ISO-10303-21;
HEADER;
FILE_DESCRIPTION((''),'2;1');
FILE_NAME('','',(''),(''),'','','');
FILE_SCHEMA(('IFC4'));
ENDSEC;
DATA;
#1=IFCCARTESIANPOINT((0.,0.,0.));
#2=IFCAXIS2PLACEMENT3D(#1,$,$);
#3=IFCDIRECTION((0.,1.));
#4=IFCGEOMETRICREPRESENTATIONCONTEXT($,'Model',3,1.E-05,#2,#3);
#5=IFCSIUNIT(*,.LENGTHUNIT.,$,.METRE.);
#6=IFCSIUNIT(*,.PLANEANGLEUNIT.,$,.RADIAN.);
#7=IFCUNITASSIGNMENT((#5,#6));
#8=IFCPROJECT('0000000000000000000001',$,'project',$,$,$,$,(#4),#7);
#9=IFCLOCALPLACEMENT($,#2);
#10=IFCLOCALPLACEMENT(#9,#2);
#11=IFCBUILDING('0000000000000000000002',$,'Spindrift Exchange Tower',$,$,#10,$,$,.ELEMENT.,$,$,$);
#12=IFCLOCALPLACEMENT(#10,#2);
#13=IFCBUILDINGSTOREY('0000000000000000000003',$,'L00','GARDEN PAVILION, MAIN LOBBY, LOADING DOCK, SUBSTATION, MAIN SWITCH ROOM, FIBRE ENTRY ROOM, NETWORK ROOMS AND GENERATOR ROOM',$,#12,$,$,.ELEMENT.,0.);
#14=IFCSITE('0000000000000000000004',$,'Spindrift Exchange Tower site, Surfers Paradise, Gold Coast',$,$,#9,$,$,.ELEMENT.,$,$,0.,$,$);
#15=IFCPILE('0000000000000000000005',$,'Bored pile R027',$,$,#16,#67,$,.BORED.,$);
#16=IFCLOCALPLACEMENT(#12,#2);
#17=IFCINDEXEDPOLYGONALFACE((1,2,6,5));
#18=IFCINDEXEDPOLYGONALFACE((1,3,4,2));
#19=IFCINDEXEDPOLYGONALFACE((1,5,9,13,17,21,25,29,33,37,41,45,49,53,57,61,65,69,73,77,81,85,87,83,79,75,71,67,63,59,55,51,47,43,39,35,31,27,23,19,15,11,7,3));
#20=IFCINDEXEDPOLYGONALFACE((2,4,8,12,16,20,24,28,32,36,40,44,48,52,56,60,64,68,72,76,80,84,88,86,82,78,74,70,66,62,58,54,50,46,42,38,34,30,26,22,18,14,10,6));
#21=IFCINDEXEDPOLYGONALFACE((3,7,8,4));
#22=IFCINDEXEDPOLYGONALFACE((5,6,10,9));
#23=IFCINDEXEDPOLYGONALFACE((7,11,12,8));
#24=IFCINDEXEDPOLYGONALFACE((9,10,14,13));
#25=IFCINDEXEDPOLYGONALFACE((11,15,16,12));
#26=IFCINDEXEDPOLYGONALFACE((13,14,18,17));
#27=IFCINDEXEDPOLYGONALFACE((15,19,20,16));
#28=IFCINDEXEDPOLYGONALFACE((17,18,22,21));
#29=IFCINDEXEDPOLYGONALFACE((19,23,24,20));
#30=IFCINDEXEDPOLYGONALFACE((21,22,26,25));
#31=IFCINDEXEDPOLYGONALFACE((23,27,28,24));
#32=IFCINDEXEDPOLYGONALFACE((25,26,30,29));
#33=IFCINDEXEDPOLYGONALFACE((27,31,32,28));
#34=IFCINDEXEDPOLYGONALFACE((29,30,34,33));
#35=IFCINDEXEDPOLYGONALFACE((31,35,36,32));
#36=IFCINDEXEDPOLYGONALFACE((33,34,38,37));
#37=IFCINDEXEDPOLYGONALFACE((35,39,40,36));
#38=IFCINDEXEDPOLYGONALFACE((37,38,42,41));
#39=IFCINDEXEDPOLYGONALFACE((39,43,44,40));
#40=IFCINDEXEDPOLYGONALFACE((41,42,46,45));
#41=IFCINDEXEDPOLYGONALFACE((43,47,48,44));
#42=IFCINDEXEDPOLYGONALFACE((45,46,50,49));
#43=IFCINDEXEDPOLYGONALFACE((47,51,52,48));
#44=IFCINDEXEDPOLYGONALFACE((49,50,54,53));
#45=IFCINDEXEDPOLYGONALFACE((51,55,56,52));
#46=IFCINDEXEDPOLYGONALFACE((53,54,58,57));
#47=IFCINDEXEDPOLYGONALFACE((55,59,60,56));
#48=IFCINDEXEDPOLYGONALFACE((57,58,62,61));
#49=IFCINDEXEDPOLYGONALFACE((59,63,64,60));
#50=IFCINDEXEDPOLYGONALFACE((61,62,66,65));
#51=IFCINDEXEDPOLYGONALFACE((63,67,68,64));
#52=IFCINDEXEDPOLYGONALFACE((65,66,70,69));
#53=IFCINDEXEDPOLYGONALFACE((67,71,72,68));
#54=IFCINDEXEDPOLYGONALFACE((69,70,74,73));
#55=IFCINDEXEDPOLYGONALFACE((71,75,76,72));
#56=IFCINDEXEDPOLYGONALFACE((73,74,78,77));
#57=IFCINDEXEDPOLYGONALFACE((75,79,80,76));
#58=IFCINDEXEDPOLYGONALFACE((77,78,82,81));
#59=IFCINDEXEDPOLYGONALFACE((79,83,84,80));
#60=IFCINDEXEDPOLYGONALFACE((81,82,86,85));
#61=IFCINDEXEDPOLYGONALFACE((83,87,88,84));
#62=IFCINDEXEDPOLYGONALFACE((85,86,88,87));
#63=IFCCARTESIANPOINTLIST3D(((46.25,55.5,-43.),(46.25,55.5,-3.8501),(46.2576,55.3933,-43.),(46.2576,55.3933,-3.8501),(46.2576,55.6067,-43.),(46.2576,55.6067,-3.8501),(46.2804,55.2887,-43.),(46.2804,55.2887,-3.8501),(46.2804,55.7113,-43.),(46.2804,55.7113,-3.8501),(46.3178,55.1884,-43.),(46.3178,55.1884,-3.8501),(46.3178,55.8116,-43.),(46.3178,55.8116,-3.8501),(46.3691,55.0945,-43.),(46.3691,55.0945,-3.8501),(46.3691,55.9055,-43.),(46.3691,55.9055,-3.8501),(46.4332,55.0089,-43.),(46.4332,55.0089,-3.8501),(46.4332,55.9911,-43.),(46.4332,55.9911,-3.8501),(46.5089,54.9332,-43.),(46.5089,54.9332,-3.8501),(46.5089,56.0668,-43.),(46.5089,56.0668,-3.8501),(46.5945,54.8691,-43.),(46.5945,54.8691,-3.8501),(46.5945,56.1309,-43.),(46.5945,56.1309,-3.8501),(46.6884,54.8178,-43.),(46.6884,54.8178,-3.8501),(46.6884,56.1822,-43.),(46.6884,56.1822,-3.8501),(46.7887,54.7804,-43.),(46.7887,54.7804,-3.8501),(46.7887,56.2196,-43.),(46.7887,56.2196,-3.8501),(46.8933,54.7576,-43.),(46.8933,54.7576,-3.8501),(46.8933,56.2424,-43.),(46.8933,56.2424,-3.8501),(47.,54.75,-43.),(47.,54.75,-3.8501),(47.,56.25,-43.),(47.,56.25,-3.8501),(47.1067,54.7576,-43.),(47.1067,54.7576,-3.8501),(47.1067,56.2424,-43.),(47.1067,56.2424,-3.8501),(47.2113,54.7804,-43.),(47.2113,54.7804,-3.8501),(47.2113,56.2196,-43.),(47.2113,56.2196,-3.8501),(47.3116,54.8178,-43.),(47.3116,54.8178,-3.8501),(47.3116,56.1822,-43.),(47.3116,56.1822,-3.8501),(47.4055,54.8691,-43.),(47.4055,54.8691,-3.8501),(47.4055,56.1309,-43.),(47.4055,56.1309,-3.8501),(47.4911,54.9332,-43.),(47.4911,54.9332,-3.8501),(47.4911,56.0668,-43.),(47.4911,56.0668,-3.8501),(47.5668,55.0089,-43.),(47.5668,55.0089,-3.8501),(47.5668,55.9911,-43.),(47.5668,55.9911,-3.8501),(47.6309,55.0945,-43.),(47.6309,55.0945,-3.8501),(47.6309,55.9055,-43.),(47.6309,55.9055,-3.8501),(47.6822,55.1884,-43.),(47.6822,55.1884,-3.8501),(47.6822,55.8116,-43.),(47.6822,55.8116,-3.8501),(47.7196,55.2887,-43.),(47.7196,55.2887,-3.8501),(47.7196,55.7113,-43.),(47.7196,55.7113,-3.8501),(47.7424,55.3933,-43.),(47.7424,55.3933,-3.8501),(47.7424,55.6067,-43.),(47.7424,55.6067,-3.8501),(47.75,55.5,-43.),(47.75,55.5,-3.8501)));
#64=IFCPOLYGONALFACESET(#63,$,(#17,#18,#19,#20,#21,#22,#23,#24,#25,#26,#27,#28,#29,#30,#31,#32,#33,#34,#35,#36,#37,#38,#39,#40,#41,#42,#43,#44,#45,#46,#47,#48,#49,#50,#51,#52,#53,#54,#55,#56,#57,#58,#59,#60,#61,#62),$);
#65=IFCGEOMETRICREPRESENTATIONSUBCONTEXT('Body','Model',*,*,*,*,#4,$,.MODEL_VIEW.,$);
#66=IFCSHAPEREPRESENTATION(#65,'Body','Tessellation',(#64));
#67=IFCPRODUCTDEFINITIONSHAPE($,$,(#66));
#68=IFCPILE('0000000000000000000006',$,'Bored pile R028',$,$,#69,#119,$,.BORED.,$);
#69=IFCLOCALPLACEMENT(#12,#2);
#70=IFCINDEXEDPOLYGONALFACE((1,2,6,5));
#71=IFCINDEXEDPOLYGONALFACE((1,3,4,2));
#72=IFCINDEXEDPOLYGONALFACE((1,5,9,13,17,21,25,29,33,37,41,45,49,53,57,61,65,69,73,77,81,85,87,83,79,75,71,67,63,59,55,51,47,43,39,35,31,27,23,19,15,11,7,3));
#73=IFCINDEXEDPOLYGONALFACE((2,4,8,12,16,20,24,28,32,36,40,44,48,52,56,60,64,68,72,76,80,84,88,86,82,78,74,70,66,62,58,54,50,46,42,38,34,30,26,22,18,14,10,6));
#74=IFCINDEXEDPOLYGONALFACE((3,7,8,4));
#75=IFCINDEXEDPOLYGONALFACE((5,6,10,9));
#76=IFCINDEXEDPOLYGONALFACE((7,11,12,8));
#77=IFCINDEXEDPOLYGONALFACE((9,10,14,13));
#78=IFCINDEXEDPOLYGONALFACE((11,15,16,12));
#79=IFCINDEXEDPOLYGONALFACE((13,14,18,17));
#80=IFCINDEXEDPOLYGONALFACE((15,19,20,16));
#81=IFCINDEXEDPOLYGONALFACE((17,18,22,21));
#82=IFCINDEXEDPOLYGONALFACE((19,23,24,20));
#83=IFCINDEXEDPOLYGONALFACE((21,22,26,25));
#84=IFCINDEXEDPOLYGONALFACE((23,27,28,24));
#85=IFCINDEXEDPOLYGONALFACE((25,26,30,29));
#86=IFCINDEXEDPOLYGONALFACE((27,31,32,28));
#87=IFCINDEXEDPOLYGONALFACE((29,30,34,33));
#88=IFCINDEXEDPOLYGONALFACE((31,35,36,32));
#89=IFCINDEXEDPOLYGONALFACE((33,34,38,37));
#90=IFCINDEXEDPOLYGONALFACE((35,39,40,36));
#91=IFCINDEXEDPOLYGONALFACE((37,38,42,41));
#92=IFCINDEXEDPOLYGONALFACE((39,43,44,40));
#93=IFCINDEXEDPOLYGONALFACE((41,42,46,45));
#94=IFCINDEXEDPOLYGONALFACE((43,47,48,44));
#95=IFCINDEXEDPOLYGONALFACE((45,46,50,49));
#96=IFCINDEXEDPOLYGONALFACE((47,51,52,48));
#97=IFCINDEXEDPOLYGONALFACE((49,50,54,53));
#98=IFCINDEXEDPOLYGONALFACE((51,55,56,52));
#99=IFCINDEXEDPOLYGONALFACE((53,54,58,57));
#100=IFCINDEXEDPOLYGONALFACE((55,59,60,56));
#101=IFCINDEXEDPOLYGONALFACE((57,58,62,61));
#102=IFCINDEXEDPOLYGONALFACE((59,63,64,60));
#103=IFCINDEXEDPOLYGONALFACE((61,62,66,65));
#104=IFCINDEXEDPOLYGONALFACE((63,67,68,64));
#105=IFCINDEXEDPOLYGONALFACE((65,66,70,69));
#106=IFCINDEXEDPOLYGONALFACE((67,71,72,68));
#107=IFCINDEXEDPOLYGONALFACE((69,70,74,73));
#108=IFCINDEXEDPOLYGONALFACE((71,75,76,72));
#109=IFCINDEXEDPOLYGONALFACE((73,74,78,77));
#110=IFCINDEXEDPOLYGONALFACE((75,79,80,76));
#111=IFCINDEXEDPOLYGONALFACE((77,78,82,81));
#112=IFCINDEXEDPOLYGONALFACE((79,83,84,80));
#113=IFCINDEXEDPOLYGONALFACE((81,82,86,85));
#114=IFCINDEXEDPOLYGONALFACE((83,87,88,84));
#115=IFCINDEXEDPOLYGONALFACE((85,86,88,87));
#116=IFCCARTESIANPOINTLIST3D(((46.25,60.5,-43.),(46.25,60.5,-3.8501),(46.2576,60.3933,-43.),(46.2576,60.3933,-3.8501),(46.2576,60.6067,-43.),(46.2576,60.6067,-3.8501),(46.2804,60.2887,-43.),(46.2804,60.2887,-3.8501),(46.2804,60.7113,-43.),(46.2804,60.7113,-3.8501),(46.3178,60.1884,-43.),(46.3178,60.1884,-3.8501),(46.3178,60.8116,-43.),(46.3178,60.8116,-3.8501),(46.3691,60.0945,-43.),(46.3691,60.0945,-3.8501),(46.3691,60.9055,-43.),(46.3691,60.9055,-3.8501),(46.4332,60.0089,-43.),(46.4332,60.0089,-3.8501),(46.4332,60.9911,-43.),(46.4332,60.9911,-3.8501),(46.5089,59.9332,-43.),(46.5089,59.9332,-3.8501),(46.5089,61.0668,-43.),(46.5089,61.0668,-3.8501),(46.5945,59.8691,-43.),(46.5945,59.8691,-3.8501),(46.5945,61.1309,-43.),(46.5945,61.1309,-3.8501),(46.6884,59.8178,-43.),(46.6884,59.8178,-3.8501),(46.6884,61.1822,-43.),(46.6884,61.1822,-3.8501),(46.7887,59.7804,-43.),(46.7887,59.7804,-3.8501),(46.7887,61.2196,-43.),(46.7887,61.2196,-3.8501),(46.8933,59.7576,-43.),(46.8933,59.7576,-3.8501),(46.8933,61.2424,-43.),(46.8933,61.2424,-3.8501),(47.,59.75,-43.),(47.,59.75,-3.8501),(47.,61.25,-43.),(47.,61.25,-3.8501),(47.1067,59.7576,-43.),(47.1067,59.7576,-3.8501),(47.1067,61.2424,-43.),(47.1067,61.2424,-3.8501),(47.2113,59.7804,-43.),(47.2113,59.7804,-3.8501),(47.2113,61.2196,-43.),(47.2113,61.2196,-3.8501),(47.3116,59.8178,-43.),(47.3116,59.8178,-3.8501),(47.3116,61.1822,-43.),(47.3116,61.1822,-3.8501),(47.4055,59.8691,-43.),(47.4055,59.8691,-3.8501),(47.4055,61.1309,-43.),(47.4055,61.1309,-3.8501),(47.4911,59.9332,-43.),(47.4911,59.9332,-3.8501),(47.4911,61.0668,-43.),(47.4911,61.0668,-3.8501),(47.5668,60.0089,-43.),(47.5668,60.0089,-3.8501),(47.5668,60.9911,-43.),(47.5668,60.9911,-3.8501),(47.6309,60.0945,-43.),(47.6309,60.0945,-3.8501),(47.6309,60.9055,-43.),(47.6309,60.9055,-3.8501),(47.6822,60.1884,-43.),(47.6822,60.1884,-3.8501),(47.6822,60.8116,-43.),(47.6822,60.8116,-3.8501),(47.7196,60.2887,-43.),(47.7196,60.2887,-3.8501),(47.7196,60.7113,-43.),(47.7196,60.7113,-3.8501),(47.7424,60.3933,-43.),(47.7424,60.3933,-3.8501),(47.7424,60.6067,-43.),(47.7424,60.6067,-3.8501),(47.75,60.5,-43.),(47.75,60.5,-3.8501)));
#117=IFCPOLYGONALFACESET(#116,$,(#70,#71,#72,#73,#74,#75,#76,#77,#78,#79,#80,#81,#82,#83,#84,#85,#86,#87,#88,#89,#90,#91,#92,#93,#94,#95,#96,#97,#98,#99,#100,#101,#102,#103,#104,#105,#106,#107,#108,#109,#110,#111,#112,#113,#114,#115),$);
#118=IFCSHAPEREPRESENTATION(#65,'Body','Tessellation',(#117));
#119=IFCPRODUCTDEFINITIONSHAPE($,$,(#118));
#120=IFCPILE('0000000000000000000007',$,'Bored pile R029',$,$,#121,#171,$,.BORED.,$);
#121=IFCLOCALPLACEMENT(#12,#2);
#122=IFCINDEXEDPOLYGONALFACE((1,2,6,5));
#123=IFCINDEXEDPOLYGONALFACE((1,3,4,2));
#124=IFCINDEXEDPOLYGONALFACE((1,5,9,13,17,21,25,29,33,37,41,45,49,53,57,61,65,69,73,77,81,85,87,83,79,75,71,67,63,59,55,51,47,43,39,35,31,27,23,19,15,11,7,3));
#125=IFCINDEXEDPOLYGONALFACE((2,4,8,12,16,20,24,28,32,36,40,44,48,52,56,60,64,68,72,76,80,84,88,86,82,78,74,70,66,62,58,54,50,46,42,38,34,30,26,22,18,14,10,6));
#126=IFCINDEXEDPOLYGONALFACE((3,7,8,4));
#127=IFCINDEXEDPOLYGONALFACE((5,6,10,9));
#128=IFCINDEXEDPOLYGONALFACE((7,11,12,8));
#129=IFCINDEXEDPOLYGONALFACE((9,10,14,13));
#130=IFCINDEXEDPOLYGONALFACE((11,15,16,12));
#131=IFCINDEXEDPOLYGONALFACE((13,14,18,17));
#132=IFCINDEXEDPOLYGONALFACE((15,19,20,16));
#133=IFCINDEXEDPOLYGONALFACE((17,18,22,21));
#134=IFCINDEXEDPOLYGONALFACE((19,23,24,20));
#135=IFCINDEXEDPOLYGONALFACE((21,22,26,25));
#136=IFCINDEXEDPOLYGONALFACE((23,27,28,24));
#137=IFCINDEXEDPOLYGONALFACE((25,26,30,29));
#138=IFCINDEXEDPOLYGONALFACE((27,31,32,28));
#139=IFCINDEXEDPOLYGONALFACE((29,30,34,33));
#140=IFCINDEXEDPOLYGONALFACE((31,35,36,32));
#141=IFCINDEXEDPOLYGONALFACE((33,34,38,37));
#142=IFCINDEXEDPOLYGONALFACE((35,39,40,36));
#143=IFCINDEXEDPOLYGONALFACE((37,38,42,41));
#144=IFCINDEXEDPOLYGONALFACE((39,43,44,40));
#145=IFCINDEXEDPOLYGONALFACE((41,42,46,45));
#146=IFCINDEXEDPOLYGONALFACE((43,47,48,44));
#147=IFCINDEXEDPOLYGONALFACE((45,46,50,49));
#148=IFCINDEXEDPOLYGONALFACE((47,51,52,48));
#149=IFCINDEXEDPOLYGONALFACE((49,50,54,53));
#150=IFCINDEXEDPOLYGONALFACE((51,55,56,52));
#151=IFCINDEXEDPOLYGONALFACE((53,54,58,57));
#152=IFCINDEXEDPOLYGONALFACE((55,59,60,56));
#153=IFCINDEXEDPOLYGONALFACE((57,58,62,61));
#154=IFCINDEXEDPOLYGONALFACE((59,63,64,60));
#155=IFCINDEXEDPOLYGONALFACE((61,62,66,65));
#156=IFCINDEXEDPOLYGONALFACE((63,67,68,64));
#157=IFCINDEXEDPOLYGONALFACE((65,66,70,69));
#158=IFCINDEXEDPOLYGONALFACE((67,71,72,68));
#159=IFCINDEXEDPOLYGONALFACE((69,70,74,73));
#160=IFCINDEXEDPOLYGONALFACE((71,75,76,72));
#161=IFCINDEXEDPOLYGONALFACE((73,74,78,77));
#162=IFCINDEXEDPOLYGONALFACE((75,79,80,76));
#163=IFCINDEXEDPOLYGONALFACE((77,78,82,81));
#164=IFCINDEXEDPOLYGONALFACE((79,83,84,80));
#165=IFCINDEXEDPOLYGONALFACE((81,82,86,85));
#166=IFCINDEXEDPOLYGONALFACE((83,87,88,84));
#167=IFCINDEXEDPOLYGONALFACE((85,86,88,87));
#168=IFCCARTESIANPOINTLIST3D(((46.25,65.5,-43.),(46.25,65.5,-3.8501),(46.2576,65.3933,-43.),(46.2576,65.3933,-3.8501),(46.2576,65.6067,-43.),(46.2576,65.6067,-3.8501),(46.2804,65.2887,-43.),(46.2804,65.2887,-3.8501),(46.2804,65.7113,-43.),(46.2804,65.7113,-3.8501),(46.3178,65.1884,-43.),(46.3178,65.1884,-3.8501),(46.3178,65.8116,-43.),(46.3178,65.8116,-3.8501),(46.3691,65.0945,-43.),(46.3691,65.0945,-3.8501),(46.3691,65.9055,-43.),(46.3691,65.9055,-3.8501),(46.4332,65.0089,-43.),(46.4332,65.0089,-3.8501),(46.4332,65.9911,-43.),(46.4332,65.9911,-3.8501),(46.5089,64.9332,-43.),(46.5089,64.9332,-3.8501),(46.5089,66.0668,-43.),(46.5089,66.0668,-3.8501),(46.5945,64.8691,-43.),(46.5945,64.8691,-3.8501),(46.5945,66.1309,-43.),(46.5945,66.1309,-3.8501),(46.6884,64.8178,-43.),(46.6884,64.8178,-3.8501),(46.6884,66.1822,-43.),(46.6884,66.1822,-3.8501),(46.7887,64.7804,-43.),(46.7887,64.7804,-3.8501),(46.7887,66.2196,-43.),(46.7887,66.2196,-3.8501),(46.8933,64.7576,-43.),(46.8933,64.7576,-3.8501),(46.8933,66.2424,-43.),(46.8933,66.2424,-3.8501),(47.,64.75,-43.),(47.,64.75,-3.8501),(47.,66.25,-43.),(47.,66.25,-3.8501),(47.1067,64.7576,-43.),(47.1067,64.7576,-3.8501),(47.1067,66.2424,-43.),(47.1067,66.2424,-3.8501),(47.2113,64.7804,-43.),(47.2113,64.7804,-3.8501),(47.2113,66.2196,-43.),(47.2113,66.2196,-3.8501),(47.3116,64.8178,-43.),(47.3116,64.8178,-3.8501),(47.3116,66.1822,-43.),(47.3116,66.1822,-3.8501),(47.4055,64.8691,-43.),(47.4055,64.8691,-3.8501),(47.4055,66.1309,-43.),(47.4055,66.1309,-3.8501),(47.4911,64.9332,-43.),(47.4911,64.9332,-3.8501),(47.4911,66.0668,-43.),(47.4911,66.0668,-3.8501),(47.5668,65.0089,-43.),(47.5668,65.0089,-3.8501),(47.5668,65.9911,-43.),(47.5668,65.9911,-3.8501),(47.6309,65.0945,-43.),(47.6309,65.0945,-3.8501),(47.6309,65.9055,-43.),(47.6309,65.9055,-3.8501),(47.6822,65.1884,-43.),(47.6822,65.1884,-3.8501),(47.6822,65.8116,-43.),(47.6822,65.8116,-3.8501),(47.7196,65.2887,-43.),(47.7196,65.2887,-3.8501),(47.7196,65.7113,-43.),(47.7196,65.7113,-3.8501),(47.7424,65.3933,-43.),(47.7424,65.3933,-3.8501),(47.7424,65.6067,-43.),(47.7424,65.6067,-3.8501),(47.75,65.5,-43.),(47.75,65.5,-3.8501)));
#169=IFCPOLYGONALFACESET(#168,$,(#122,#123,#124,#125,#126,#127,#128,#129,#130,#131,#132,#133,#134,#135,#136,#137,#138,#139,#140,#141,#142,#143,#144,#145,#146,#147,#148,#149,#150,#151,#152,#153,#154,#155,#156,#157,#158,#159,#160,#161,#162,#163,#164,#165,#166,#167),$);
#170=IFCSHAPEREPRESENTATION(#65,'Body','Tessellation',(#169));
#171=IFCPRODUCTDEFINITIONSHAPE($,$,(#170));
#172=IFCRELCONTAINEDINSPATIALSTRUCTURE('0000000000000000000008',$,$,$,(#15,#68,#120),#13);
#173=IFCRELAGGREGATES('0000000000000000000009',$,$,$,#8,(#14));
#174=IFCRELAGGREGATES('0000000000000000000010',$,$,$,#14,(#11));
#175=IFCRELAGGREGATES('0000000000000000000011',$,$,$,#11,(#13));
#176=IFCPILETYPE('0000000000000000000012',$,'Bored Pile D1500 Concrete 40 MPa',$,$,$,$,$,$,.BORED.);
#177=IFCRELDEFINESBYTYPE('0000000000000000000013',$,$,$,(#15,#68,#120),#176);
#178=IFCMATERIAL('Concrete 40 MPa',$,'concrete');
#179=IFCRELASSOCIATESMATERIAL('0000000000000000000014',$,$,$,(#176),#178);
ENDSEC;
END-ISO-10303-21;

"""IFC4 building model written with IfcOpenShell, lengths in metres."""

from ifc_helpers import new_model, si_unit, direction, frame, origin, origin_2d, place, context, subcontext, project, spatial, circle, extrude, source, transform, mapped, material, material_profile, profile_set, type_object, element, save


model = new_model("IFC4")

# Units and contexts
model_context = context("Model", 3, precision=1e-05, world=origin(), true_north=direction((0.0, 1.0)))
body_context = subcontext(model_context, "Body", "Model", "MODEL_VIEW")
ifc_project = project(units=[si_unit("LENGTHUNIT", "METRE"), si_unit("PLANEANGLEUNIT", "RADIAN")], contexts=[model_context])

# Site, building, storey
site_placement = place(None, origin())
site = spatial("IfcSite", under=ifc_project, at=site_placement, Name="Spindrift Exchange Tower site, Surfers Paradise, Gold Coast", CompositionType="ELEMENT", RefElevation=0.0)
building_placement = place(site_placement, origin())
building = spatial("IfcBuilding", under=site, at=building_placement, Name="Spindrift Exchange Tower", CompositionType="ELEMENT")
storey_placement = place(building_placement, origin())
storey = spatial("IfcBuildingStorey", under=building, at=storey_placement, Name="L00", Description="GARDEN PAVILION, MAIN LOBBY, LOADING DOCK, SUBSTATION, MAIN SWITCH ROOM, FIBRE ENTRY ROOM, NETWORK ROOMS AND GENERATOR ROOM", CompositionType="ELEMENT", Elevation=0.0)

# Piles
ifc_material_1 = material(Name="Concrete 40 MPa", Category="concrete")
ifc_material_profile_1 = material_profile(ifc_material_1, circle(Radius=0.75, at=origin_2d()), Name="BP D1500")
ifc_profile_set_1 = profile_set([ifc_material_profile_1], Name="Concrete 40 MPa")
pile_type_1 = type_object("IfcPileType", Name="Bored Pile D1500 Concrete 40 MPa", PredefinedType="BORED", material=ifc_profile_set_1)
shared_shape_1 = source(origin(), body_context, "Body", "SweptSolid", [
    extrude(circle(Radius=0.75, at=origin_2d()), origin(), (0.0, 0.0, 1.0), 39.1499),
])
for number, where, z_axis, x_axis, name in (
    (1, (47.0, 55.5, -3.8501), (0.0, 0.0, -1.0), (1.0, 0.0, 0.0), "Bored pile R027"),
    (2, (47.0, 60.5, -3.8501), (0.0, 0.0, -1.0), (1.0, 0.0, 0.0), "Bored pile R028"),
    (3, (47.0, 65.5, -3.8501), (0.0, 0.0, -1.0), (1.0, 0.0, 0.0), "Bored pile R029"),
):
    element("IfcPile", number, at=place(storey_placement, frame(where, z_axis=z_axis, x_axis=x_axis)), inside=storey, type_object=pile_type_1, Name=name, PredefinedType="BORED", context=body_context, shape_type="MappedRepresentation", body=[
        mapped(shared_shape_1, transform((0.0, 0.0, 0.0), scale=1.0)),
    ])

save(model, "model.ifc")
